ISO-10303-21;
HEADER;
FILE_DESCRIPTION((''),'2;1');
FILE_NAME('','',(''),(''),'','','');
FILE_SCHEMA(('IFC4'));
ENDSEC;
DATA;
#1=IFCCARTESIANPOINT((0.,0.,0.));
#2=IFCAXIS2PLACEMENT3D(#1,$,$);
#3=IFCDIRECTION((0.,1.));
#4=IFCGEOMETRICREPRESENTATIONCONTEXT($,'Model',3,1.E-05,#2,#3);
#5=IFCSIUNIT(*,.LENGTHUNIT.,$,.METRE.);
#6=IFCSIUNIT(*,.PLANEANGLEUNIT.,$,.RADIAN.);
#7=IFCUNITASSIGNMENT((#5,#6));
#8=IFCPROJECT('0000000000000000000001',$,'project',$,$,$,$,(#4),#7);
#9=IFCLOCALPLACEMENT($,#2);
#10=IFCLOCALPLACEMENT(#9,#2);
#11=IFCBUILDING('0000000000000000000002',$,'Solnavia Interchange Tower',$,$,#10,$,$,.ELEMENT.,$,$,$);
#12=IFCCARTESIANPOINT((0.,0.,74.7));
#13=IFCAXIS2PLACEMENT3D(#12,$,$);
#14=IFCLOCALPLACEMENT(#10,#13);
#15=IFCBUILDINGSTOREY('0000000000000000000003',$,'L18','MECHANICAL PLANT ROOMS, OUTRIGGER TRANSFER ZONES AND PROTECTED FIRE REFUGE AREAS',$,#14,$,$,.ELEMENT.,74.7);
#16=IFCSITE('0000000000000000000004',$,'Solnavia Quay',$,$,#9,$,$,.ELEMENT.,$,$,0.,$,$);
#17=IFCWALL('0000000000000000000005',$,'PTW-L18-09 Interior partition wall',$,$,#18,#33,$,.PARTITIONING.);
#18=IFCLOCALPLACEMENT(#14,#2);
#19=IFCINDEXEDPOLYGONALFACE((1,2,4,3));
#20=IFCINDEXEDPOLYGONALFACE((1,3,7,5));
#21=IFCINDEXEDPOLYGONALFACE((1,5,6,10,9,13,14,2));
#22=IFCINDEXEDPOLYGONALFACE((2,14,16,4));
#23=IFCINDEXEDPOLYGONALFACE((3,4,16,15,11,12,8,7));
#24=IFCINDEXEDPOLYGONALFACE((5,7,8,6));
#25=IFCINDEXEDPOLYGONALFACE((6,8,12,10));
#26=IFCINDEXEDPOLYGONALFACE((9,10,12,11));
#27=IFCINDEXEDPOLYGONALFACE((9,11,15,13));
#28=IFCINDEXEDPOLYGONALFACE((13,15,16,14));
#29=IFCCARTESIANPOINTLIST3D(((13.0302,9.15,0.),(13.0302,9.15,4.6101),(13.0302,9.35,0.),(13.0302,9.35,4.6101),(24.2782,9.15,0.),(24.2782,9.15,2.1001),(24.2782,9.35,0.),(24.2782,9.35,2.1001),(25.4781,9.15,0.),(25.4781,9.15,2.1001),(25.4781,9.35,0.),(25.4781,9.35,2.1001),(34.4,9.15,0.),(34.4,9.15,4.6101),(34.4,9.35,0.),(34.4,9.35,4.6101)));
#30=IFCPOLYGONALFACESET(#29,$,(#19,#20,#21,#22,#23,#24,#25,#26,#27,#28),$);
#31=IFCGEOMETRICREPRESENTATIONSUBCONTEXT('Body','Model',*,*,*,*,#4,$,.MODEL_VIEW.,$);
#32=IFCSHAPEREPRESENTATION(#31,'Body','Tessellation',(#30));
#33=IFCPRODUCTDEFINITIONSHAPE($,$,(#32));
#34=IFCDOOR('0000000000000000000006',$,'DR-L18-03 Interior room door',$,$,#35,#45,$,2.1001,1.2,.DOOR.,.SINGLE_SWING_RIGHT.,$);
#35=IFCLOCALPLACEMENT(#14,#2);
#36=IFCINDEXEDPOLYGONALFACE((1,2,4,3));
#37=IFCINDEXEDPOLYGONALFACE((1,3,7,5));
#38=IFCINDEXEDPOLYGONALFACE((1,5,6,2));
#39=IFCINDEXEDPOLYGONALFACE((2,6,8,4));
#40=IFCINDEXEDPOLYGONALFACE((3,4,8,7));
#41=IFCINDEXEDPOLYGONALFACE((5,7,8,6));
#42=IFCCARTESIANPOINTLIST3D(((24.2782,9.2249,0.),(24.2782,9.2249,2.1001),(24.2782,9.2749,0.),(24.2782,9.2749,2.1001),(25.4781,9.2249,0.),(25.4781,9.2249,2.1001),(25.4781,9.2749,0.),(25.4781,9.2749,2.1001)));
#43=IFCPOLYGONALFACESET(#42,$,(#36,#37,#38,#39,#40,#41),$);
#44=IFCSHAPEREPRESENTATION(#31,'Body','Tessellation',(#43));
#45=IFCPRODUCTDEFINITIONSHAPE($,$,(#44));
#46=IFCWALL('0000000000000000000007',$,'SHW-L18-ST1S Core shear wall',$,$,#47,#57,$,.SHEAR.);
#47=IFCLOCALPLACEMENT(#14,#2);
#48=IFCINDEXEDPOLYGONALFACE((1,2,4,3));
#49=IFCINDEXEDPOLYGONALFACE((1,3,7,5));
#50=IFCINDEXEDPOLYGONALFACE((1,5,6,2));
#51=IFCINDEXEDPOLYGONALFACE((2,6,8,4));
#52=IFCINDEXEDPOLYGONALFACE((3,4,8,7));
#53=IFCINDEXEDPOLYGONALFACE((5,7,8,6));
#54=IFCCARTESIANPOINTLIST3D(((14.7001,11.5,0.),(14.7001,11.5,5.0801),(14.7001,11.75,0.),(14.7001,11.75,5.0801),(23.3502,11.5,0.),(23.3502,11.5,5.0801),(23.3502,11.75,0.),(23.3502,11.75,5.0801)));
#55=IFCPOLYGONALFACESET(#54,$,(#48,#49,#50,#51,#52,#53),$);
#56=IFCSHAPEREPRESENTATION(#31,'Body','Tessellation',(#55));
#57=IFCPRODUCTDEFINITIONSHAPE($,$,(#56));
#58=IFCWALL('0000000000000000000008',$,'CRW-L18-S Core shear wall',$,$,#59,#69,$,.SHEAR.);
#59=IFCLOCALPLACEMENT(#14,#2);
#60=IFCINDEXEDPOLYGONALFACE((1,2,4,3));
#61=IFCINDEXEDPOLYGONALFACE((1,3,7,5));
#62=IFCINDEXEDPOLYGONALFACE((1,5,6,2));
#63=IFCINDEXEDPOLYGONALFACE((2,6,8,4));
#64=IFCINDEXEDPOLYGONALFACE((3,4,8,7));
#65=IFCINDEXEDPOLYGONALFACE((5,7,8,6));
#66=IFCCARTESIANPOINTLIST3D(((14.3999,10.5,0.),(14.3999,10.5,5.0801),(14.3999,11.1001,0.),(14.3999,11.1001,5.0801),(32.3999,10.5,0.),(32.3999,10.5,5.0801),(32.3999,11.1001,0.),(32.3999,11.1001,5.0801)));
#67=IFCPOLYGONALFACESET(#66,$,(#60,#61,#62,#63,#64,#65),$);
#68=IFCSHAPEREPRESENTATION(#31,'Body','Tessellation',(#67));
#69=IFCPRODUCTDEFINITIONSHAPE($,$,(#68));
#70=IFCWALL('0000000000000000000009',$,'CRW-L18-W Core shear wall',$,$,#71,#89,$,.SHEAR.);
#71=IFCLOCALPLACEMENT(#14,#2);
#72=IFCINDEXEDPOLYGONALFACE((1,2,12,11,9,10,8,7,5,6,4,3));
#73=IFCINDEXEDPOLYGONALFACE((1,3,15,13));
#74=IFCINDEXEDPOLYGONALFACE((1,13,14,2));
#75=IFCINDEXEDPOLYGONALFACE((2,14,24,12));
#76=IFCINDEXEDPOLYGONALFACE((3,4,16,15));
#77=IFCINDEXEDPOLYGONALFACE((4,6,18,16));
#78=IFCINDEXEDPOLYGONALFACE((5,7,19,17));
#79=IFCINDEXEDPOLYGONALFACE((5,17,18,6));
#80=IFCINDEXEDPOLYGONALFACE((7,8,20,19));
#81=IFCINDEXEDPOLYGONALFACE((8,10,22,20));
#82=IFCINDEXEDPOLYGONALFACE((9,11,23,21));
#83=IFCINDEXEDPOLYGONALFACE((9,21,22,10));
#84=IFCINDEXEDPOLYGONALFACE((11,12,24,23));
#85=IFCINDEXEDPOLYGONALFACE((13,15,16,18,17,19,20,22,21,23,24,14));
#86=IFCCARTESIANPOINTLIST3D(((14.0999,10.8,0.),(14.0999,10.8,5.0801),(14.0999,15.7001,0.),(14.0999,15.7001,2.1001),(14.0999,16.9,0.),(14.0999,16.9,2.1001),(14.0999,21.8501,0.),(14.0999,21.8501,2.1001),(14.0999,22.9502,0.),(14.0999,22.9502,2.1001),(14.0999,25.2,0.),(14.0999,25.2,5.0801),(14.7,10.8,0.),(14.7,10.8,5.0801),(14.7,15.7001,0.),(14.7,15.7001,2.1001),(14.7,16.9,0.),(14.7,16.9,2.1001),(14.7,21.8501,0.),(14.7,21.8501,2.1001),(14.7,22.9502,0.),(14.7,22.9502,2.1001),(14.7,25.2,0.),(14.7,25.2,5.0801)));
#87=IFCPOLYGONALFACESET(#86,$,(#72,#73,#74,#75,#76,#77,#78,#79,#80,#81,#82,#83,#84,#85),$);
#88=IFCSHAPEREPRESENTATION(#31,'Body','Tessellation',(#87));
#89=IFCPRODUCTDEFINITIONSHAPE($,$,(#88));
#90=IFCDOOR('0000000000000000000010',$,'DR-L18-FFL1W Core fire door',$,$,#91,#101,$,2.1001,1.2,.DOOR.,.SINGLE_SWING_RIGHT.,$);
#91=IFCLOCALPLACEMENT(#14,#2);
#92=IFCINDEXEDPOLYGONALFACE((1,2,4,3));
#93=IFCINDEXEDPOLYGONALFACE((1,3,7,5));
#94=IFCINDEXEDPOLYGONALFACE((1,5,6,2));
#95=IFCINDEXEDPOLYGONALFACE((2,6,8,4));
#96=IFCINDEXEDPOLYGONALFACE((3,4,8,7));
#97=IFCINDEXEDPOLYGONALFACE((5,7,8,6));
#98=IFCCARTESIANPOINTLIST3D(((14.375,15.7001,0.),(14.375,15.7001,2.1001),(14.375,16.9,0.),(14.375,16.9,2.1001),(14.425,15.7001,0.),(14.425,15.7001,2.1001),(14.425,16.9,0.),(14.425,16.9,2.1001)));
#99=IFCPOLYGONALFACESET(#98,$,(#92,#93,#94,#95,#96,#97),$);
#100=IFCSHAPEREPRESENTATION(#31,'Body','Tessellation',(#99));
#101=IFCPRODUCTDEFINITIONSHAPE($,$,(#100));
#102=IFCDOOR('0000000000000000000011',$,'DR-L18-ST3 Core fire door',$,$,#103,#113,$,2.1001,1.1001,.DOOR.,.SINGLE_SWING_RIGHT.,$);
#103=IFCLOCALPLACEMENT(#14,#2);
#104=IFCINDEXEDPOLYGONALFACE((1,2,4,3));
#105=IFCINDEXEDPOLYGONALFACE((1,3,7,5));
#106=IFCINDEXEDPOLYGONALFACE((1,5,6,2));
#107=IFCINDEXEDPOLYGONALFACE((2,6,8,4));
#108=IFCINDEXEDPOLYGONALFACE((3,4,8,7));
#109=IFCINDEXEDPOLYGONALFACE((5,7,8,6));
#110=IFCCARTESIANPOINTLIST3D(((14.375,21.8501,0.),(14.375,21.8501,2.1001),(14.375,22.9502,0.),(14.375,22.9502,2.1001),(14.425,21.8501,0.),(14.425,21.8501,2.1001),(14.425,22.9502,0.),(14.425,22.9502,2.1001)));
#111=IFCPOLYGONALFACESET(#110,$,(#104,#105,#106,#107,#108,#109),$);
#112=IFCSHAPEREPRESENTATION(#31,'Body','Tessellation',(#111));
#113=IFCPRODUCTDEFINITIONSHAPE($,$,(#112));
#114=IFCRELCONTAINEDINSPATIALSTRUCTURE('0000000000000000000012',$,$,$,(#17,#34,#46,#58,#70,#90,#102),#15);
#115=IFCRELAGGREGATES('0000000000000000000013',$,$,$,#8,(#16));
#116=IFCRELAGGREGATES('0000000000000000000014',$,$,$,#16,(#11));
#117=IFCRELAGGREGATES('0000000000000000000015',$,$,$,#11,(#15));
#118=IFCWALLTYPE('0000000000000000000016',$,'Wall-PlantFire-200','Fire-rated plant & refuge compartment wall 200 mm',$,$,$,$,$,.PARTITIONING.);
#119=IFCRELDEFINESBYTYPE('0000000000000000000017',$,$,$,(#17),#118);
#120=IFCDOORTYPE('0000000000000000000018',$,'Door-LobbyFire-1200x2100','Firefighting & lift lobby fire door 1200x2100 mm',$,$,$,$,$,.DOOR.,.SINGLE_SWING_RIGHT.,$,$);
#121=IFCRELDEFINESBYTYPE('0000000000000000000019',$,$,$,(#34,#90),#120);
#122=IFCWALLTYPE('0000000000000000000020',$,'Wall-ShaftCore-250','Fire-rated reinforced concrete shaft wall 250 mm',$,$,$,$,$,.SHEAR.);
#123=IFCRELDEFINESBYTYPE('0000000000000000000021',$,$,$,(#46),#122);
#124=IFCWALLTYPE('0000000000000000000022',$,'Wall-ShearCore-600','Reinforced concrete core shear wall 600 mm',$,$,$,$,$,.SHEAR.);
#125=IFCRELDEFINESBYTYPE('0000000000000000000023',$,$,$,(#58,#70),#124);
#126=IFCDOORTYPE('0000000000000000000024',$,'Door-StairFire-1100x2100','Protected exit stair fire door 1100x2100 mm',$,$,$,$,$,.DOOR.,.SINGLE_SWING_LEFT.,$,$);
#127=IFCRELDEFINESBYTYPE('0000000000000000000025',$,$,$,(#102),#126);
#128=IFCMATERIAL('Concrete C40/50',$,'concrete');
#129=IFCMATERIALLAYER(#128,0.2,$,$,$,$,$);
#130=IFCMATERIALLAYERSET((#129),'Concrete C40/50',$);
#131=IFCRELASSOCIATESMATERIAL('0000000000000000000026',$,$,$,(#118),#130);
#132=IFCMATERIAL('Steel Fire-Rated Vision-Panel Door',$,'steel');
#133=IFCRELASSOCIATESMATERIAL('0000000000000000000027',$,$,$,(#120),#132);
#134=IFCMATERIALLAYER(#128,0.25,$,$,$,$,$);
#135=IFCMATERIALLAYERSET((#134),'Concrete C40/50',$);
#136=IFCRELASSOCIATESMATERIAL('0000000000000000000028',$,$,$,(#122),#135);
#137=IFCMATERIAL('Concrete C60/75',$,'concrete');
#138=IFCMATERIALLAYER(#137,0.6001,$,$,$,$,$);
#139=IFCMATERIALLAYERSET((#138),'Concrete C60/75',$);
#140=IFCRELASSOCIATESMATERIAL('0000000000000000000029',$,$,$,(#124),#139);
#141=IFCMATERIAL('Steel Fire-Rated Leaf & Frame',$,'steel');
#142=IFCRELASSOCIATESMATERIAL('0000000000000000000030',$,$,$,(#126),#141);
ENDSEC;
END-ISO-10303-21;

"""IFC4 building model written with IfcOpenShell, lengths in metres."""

from ifc_helpers import new_model, si_unit, direction, frame, frame_2d, origin, place, context, subcontext, project, spatial, rectangle, extrude, material, layer, layer_set, type_object, element, fill, save


model = new_model("IFC4")

# Units and contexts
model_context = context("Model", 3, precision=1e-05, world=origin(), true_north=direction((0.0, 1.0)))
body_context = subcontext(model_context, "Body", "Model", "MODEL_VIEW")
ifc_project = project(units=[si_unit("LENGTHUNIT", "METRE"), si_unit("PLANEANGLEUNIT", "RADIAN")], contexts=[model_context])

# Site, building, storey
site_placement = place(None, origin())
site = spatial("IfcSite", under=ifc_project, at=site_placement, Name="Solnavia Quay", CompositionType="ELEMENT", RefElevation=0.0)
building_placement = place(site_placement, origin())
building = spatial("IfcBuilding", under=site, at=building_placement, Name="Solnavia Interchange Tower", CompositionType="ELEMENT")
storey_placement = place(building_placement, frame((0.0, 0.0, 74.7)))
storey = spatial("IfcBuildingStorey", under=building, at=storey_placement, Name="L18", Description="MECHANICAL PLANT ROOMS, OUTRIGGER TRANSFER ZONES AND PROTECTED FIRE REFUGE AREAS", CompositionType="ELEMENT", Elevation=74.7)

# Shared definitions
ifc_material_1 = material(Name="Concrete C60/75", Category="concrete")

# Shared definitions
ifc_material_2 = material(Name="Concrete C40/50", Category="concrete")

# Wall, opening, door
ifc_layer_1 = layer(ifc_material_2, 0.2)
ifc_layer_set_1 = layer_set([ifc_layer_1], Name="Concrete C40/50")
wall_type_1 = type_object("IfcWallType", Name="Wall-PlantFire-200", Description="Fire-rated plant & refuge compartment wall 200 mm", PredefinedType="PARTITIONING", material=ifc_layer_set_1)
ifc_material_3 = material(Name="Steel Fire-Rated Vision-Panel Door", Category="steel")
door_type_1 = type_object("IfcDoorType", Name="Door-LobbyFire-1200x2100", Description="Firefighting & lift lobby fire door 1200x2100 mm", OperationType="SINGLE_SWING_RIGHT", PredefinedType="DOOR", material=ifc_material_3)
wall_1_placement = place(storey_placement, frame((13.03, 9.25, 0.0), z_axis=(0.0, 0.0, 1.0), x_axis=(1.0, 0.0, 0.0)))
wall_1 = element("IfcWall", 1, at=wall_1_placement, inside=storey, type_object=wall_type_1, Name="PTW-L18-09 Interior partition wall", PredefinedType="PARTITIONING", context=body_context, shape_type="SweptSolid", body=[
    extrude(rectangle(XDim=21.3699, YDim=0.2, at=frame_2d((10.6851, 0.0))), origin(), (0.0, 0.0, 1.0), 4.6101),
])
opening_1_placement = place(wall_1_placement, frame((11.248, 0.0, 0.0)))
opening_1 = element("IfcOpeningElement", 2, at=opening_1_placement, cuts=wall_1, PredefinedType="OPENING", context=body_context, shape_type="SweptSolid", body=[
    extrude(rectangle(XDim=1.2, YDim=2.1001, at=frame_2d((0.6001, 1.05))), frame((0.0, 0.1099, 0.0), z_axis=(0.0, -1.0, 0.0), x_axis=(1.0, 0.0, 0.0)), (0.0, 0.0, 1.0), 0.22),
])
door_1_placement = place(opening_1_placement, origin())
door_1 = element("IfcDoor", 3, at=door_1_placement, inside=storey, type_object=door_type_1, Name="DR-L18-03 Interior room door", OperationType="SINGLE_SWING_RIGHT", OverallHeight=2.1001, OverallWidth=1.2, PredefinedType="DOOR", context=body_context, shape_type="SweptSolid", body=[
    extrude(rectangle(XDim=1.2, YDim=2.1001, at=frame_2d((0.6001, 1.05))), frame((0.0, 0.0249, 0.0), z_axis=(0.0, -1.0, 0.0), x_axis=(1.0, 0.0, 0.0)), (0.0, 0.0, 1.0), 0.05),
])
fill(opening_1, door_1)

# Walls
ifc_layer_2 = layer(ifc_material_2, 0.25)
ifc_layer_set_2 = layer_set([ifc_layer_2], Name="Concrete C40/50")
wall_type_2 = type_object("IfcWallType", Name="Wall-ShaftCore-250", Description="Fire-rated reinforced concrete shaft wall 250 mm", PredefinedType="SHEAR", material=ifc_layer_set_2)
wall_2_placement = place(storey_placement, frame((14.7, 11.625, 0.0), z_axis=(0.0, 0.0, 1.0), x_axis=(1.0, 0.0, 0.0)))
element("IfcWall", 4, at=wall_2_placement, inside=storey, type_object=wall_type_2, Name="SHW-L18-ST1S Core shear wall", PredefinedType="SHEAR", context=body_context, shape_type="SweptSolid", body=[
    extrude(rectangle(XDim=8.6501, YDim=0.25, at=frame_2d((4.3252, 0.0))), origin(), (0.0, 0.0, 1.0), 5.0801),
])
ifc_layer_3 = layer(ifc_material_1, 0.6001)
ifc_layer_set_3 = layer_set([ifc_layer_3], Name="Concrete C60/75")
wall_type_3 = type_object("IfcWallType", Name="Wall-ShearCore-600", Description="Reinforced concrete core shear wall 600 mm", PredefinedType="SHEAR", material=ifc_layer_set_3)
wall_3_placement = place(storey_placement, frame((14.3999, 10.8, 0.0), z_axis=(0.0, 0.0, 1.0), x_axis=(1.0, 0.0, 0.0)))
element("IfcWall", 5, at=wall_3_placement, inside=storey, type_object=wall_type_3, Name="CRW-L18-S Core shear wall", PredefinedType="SHEAR", context=body_context, shape_type="SweptSolid", body=[
    extrude(rectangle(XDim=18.0, YDim=0.6001, at=frame_2d((9.0, 0.0))), origin(), (0.0, 0.0, 1.0), 5.0801),
])

# Wall, openings, doors
wall_4_placement = place(storey_placement, frame((14.3999, 10.8, 0.0), z_axis=(0.0, 0.0, 1.0), x_axis=(0.0, 1.0, 0.0)))
wall_4 = element("IfcWall", 6, at=wall_4_placement, inside=storey, type_object=wall_type_3, Name="CRW-L18-W Core shear wall", PredefinedType="SHEAR", context=body_context, shape_type="SweptSolid", body=[
    extrude(rectangle(XDim=14.3999, YDim=0.6001, at=frame_2d((7.2, 0.0))), origin(), (0.0, 0.0, 1.0), 5.0801),
])
opening_2_placement = place(wall_4_placement, frame((11.05, 0.0, 0.0)))
opening_2 = element("IfcOpeningElement", 7, at=opening_2_placement, cuts=wall_4, PredefinedType="OPENING", context=body_context, shape_type="SweptSolid", body=[
    extrude(rectangle(XDim=1.1001, YDim=2.1001, at=frame_2d((0.55, 1.05))), frame((0.0, 0.3101, 0.0), z_axis=(0.0, -1.0, 0.0), x_axis=(1.0, 0.0, 0.0)), (0.0, 0.0, 1.0), 0.6201),
])
opening_3_placement = place(wall_4_placement, frame((4.8999, 0.0, 0.0)))
opening_3 = element("IfcOpeningElement", 8, at=opening_3_placement, cuts=wall_4, PredefinedType="OPENING", context=body_context, shape_type="SweptSolid", body=[
    extrude(rectangle(XDim=1.2, YDim=2.1001, at=frame_2d((0.6001, 1.05))), frame((0.0, 0.3101, 0.0), z_axis=(0.0, -1.0, 0.0), x_axis=(1.0, 0.0, 0.0)), (0.0, 0.0, 1.0), 0.6201),
])
door_2_placement = place(opening_3_placement, origin())
door_2 = element("IfcDoor", 9, at=door_2_placement, inside=storey, type_object=door_type_1, Name="DR-L18-FFL1W Core fire door", OperationType="SINGLE_SWING_RIGHT", OverallHeight=2.1001, OverallWidth=1.2, PredefinedType="DOOR", context=body_context, shape_type="SweptSolid", body=[
    extrude(rectangle(XDim=1.2, YDim=2.1001, at=frame_2d((0.6001, 1.05))), frame((0.0, 0.0249, 0.0), z_axis=(0.0, -1.0, 0.0), x_axis=(1.0, 0.0, 0.0)), (0.0, 0.0, 1.0), 0.05),
])
fill(opening_3, door_2)
ifc_material_4 = material(Name="Steel Fire-Rated Leaf & Frame", Category="steel")
door_type_2 = type_object("IfcDoorType", Name="Door-StairFire-1100x2100", Description="Protected exit stair fire door 1100x2100 mm", OperationType="SINGLE_SWING_LEFT", PredefinedType="DOOR", material=ifc_material_4)
door_3_placement = place(opening_2_placement, origin())
door_3 = element("IfcDoor", 10, at=door_3_placement, inside=storey, type_object=door_type_2, Name="DR-L18-ST3 Core fire door", OperationType="SINGLE_SWING_RIGHT", OverallHeight=2.1001, OverallWidth=1.1001, PredefinedType="DOOR", context=body_context, shape_type="SweptSolid", body=[
    extrude(rectangle(XDim=1.1001, YDim=2.1001, at=frame_2d((0.55, 1.05))), frame((0.0, 0.0249, 0.0), z_axis=(0.0, -1.0, 0.0), x_axis=(1.0, 0.0, 0.0)), (0.0, 0.0, 1.0), 0.05),
])
fill(opening_2, door_3)

save(model, "model.ifc")
